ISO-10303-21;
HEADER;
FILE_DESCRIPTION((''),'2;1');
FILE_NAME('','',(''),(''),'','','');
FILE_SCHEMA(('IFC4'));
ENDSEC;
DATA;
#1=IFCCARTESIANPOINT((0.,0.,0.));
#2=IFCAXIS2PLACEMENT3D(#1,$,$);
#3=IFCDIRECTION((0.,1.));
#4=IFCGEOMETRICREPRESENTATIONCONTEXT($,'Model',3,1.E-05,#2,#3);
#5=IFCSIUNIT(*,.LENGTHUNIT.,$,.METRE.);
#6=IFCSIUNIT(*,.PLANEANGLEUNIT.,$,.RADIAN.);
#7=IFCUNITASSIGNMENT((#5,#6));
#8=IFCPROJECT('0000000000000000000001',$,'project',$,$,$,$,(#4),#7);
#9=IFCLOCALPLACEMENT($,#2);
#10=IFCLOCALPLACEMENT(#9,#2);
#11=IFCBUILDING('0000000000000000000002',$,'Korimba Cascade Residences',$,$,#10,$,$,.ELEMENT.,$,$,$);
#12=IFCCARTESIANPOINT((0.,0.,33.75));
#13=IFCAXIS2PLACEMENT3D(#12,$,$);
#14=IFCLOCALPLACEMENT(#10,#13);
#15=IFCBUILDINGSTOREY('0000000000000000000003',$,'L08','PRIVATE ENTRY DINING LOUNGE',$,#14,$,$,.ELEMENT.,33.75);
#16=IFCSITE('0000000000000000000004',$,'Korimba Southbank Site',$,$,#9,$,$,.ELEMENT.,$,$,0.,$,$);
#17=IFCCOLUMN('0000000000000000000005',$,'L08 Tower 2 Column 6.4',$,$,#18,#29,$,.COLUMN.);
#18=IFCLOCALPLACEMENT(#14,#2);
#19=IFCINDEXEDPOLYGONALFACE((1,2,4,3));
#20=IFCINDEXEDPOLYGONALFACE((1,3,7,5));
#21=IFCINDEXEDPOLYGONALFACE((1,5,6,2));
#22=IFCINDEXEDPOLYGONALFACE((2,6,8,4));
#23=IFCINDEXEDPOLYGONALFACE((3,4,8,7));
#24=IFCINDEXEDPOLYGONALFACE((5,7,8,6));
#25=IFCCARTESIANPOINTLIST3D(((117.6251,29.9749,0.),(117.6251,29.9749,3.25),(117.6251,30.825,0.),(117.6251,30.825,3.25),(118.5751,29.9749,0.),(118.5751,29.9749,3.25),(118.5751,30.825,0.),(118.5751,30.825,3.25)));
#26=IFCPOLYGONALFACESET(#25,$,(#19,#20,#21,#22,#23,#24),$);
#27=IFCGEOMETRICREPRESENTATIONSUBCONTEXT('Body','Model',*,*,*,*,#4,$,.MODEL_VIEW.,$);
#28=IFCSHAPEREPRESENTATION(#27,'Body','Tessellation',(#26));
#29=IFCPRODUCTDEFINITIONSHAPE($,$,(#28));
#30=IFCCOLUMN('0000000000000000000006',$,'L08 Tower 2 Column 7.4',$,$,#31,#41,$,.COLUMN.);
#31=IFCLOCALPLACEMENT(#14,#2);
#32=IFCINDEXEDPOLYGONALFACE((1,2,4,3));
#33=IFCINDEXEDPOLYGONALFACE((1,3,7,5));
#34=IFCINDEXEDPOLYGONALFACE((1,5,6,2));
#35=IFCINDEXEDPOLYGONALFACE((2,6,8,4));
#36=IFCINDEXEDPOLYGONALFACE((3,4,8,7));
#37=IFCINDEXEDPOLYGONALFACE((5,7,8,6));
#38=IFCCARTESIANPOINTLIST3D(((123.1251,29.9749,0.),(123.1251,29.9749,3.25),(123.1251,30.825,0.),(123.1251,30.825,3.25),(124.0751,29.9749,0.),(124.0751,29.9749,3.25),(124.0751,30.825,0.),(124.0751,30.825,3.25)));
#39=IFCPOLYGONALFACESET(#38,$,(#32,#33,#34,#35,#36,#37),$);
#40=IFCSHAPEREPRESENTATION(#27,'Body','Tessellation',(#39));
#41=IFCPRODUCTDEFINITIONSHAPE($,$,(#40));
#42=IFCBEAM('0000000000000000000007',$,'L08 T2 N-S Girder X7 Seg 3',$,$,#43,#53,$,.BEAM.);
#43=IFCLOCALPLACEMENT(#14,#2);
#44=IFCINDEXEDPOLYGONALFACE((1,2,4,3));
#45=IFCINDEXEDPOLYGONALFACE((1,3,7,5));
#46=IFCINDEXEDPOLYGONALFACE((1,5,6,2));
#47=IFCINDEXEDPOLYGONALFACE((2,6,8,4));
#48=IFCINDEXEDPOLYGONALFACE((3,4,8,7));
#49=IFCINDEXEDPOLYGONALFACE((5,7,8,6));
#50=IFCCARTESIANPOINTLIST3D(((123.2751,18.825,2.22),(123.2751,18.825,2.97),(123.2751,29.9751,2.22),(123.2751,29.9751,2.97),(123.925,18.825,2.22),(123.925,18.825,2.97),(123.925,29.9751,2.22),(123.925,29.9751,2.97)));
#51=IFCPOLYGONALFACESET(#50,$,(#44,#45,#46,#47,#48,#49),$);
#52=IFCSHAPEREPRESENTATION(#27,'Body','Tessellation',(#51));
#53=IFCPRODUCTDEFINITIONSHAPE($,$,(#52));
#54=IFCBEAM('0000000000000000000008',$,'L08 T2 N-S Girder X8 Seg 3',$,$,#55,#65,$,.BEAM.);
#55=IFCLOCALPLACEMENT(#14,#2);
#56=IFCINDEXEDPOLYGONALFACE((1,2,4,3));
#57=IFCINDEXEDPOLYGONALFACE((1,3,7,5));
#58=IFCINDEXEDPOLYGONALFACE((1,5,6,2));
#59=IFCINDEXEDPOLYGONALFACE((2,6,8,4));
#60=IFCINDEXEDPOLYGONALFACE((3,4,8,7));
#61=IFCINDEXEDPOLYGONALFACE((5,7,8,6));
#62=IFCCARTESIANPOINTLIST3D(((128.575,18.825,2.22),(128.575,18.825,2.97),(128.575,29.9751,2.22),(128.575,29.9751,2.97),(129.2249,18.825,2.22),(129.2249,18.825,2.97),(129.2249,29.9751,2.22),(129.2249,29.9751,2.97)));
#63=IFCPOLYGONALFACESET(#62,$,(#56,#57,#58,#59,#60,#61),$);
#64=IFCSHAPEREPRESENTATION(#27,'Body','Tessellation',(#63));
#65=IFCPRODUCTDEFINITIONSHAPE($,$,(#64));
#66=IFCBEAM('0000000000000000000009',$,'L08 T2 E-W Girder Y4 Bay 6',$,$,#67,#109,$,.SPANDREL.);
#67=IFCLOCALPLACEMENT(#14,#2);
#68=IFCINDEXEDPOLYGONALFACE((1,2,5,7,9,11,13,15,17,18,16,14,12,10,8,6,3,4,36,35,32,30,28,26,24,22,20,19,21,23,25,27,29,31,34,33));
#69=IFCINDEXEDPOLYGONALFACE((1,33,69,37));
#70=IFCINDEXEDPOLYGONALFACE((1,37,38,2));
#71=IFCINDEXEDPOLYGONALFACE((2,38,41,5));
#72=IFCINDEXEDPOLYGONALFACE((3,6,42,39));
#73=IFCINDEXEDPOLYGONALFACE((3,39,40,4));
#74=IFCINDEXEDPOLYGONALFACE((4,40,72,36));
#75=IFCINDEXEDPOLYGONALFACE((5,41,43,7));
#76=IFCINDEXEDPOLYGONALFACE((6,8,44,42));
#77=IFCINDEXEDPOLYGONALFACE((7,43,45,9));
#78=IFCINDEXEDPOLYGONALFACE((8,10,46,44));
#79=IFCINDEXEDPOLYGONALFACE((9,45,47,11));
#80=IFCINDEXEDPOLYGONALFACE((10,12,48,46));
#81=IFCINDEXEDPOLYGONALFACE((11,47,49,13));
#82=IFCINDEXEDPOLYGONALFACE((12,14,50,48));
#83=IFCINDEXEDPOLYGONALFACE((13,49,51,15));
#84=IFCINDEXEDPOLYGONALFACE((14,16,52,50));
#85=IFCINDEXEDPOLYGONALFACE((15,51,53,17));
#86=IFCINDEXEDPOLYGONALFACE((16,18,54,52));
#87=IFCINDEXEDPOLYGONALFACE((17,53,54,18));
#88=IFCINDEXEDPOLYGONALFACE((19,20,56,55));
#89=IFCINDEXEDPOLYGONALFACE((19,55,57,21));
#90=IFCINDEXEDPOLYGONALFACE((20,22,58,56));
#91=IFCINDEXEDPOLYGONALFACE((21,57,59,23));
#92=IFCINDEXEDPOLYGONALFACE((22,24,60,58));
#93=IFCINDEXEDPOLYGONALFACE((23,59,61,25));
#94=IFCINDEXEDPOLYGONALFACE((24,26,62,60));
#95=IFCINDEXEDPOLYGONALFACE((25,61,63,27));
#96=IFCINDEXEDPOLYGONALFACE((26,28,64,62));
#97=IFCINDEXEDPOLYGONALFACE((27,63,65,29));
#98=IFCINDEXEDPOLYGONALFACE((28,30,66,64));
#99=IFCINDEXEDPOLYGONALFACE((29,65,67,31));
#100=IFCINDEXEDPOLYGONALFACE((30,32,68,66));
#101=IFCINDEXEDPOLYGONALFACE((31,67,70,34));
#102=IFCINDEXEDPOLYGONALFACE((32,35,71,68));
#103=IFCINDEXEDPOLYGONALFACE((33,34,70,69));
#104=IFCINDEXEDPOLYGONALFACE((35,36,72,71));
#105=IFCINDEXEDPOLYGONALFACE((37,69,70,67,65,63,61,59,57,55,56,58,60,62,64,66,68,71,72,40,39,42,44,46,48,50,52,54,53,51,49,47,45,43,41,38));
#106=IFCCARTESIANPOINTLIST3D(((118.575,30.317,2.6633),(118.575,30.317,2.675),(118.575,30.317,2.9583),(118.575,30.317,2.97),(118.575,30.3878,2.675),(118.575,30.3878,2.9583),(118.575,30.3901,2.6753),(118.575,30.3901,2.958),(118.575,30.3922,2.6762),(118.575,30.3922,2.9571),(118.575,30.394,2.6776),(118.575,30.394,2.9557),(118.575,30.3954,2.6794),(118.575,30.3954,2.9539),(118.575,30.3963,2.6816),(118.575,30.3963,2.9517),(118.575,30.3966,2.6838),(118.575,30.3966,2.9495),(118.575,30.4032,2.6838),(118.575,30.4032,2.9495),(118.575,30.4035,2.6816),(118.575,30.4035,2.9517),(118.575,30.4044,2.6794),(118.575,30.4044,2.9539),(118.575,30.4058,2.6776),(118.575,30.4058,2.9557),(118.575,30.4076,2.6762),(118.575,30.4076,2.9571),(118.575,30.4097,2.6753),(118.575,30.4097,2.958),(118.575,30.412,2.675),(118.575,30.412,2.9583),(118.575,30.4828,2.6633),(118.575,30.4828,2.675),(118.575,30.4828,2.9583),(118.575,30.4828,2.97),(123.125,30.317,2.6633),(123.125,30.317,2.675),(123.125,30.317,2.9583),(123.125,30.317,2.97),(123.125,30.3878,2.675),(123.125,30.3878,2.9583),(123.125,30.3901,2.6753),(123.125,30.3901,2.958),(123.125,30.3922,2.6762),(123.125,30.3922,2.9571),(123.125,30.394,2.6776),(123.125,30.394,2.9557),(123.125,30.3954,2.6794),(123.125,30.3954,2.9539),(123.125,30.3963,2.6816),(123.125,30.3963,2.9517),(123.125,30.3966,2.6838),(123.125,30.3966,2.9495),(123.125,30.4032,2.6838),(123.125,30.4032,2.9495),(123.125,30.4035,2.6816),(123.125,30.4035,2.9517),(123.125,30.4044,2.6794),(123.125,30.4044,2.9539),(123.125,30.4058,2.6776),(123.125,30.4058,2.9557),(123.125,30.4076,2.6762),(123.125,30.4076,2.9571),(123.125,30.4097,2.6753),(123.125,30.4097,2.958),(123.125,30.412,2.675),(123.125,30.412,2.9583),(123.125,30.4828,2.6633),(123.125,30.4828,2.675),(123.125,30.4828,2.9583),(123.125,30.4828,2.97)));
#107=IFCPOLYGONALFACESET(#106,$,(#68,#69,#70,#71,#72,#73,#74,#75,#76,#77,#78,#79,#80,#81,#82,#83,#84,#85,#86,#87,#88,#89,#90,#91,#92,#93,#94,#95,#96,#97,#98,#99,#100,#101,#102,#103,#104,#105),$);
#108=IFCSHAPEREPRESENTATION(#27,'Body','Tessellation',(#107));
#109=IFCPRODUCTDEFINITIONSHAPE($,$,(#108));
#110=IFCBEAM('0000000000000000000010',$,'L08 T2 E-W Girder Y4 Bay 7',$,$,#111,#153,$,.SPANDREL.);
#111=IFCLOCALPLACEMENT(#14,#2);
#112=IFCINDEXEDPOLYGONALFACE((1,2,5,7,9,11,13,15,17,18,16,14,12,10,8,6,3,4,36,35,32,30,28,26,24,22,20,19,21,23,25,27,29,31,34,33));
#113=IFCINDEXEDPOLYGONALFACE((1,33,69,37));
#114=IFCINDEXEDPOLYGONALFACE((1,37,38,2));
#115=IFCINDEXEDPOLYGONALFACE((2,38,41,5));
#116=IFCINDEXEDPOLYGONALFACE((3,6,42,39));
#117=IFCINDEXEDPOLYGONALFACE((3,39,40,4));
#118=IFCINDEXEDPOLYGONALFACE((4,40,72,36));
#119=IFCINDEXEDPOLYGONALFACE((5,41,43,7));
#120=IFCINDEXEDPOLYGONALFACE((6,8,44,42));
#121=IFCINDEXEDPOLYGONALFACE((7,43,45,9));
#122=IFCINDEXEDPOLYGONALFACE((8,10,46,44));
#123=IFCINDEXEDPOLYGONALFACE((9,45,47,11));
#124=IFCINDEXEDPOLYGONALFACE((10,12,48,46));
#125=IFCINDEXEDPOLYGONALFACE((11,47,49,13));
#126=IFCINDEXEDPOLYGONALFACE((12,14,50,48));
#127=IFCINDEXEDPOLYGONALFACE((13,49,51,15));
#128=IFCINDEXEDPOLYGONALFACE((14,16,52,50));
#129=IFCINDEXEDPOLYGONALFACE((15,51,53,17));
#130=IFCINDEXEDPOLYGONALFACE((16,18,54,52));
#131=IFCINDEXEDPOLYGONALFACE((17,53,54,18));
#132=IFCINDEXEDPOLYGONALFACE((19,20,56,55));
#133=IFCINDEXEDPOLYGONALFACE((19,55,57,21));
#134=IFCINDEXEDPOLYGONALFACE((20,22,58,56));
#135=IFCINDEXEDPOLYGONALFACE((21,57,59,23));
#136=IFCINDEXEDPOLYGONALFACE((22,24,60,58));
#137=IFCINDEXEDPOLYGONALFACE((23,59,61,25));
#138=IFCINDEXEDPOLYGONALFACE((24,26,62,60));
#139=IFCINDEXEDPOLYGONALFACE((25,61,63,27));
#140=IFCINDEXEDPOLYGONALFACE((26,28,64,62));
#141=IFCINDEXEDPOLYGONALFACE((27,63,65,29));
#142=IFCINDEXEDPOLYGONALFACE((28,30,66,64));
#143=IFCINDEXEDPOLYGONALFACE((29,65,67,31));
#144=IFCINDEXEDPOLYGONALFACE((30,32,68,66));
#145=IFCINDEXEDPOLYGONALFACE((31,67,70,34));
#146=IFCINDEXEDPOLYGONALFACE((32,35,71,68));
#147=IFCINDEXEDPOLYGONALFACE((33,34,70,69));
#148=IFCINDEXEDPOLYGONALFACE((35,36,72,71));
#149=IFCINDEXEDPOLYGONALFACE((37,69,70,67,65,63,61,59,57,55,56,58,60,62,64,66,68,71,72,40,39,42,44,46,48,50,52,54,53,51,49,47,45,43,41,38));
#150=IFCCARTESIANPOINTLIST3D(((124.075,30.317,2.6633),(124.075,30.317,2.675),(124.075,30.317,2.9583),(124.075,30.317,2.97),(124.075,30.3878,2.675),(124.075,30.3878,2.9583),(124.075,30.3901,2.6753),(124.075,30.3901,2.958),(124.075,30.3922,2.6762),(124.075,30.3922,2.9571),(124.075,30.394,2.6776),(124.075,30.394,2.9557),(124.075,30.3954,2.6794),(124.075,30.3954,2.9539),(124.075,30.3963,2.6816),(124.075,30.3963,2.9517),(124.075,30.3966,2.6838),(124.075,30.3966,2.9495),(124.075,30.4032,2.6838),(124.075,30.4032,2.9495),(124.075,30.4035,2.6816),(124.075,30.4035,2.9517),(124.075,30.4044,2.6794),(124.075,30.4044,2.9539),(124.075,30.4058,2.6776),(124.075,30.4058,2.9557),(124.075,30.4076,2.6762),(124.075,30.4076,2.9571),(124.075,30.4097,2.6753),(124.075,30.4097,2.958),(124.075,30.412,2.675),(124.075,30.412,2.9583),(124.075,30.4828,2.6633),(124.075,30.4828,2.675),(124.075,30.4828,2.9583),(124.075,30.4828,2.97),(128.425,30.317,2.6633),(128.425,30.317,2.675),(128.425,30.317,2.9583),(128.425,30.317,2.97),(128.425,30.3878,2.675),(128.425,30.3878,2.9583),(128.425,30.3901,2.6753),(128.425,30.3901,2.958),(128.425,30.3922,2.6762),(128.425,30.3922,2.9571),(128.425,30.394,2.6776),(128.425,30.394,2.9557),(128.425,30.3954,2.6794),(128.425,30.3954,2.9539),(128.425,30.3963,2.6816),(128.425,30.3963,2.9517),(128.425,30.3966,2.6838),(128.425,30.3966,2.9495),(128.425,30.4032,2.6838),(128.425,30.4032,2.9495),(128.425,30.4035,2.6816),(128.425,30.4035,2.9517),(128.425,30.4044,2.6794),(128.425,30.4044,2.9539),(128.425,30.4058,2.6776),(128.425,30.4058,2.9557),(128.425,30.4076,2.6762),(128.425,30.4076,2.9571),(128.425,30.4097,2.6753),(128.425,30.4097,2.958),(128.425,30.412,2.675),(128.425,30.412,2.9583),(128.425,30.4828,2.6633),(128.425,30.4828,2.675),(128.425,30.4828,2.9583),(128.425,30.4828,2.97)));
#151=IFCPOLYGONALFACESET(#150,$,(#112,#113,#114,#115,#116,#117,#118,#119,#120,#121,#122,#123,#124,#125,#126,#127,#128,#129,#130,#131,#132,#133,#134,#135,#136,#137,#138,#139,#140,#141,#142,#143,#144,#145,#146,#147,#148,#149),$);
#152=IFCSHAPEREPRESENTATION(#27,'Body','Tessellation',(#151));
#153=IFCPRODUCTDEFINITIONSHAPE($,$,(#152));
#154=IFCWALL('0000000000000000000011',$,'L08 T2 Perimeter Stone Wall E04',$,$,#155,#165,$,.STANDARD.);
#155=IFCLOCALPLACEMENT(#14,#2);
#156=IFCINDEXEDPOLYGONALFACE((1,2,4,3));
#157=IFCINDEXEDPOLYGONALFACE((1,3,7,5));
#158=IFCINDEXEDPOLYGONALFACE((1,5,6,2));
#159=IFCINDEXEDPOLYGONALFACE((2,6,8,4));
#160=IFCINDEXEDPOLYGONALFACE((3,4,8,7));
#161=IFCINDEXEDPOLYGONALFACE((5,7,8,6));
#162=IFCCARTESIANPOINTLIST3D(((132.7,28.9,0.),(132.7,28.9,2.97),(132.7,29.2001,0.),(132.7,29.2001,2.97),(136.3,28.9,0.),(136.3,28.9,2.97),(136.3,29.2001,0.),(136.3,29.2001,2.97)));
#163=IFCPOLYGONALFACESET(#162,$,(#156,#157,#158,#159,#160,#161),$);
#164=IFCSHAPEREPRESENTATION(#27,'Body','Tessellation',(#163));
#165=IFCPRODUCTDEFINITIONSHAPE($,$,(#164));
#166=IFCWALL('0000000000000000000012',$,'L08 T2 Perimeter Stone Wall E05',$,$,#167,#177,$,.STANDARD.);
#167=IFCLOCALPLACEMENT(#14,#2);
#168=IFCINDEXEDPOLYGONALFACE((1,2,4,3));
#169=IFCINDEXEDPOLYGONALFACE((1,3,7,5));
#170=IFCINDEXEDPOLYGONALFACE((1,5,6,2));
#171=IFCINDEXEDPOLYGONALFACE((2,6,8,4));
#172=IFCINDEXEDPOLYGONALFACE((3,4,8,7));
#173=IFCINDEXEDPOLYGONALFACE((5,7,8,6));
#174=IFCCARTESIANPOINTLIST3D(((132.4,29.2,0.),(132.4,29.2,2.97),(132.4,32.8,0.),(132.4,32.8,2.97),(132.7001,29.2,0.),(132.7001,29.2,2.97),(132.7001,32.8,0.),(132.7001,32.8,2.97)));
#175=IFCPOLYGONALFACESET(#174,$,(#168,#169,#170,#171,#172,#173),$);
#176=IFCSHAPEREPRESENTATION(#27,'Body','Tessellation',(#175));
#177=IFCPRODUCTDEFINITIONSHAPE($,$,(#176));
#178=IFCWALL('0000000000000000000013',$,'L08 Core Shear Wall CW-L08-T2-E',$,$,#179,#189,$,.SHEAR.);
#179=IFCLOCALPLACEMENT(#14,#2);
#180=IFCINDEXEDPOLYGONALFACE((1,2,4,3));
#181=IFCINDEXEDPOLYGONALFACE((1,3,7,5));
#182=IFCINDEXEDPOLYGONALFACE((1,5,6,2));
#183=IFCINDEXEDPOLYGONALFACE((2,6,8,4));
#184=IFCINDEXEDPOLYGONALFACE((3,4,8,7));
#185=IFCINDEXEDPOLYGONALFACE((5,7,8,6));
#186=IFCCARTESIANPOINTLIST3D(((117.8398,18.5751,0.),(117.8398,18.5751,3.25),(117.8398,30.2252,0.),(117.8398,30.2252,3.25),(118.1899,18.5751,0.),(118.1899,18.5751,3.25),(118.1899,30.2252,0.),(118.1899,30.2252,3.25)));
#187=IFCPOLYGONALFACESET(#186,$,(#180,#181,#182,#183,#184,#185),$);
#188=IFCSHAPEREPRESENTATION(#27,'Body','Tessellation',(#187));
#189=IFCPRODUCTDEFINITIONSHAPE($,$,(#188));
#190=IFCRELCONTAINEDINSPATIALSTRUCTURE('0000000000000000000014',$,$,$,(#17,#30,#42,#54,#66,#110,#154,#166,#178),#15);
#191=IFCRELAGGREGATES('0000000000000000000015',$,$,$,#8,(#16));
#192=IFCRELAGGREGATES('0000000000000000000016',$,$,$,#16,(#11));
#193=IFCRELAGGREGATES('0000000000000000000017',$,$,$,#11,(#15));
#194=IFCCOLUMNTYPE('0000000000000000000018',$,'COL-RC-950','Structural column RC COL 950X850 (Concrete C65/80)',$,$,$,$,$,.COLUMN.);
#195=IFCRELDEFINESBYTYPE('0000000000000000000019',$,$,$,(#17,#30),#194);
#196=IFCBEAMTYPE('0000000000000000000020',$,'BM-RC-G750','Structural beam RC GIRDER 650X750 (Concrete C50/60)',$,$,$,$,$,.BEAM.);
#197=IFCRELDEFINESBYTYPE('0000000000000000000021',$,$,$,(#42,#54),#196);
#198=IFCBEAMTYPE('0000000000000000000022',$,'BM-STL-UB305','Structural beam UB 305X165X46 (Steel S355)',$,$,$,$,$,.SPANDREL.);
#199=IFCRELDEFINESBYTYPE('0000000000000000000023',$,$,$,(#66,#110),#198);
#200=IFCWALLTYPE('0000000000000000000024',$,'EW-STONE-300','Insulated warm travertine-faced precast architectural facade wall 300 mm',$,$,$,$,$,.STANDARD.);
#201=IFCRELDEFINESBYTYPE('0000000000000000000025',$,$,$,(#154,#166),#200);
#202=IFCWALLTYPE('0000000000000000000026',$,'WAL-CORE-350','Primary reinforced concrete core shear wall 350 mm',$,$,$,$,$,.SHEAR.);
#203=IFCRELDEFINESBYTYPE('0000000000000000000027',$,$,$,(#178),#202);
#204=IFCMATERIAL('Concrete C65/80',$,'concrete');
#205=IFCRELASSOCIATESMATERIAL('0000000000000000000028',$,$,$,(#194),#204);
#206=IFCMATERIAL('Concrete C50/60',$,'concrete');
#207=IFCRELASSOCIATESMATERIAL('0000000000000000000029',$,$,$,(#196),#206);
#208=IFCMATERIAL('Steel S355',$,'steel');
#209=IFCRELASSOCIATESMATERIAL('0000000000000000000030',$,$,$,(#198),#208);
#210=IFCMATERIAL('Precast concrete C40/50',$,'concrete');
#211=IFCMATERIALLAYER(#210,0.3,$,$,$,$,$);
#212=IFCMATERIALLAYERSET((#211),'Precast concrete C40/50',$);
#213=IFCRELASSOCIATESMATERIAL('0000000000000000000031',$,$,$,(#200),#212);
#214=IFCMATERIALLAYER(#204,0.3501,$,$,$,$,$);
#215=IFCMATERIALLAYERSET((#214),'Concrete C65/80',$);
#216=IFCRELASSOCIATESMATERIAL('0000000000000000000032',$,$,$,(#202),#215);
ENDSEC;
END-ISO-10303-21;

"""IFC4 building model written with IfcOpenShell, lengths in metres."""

from ifc_helpers import new_model, si_unit, direction, frame, frame_2d, origin, origin_2d, place, context, subcontext, project, spatial, rectangle, i_section, extrude, material, layer, layer_set, material_profile, profile_set, type_object, element, save


model = new_model("IFC4")

# Units and contexts
model_context = context("Model", 3, precision=1e-05, world=origin(), true_north=direction((0.0, 1.0)))
body_context = subcontext(model_context, "Body", "Model", "MODEL_VIEW")
ifc_project = project(units=[si_unit("LENGTHUNIT", "METRE"), si_unit("PLANEANGLEUNIT", "RADIAN")], contexts=[model_context])

# Site, building, storey
site_placement = place(None, origin())
site = spatial("IfcSite", under=ifc_project, at=site_placement, Name="Korimba Southbank Site", CompositionType="ELEMENT", RefElevation=0.0)
building_placement = place(site_placement, origin())
building = spatial("IfcBuilding", under=site, at=building_placement, Name="Korimba Cascade Residences", CompositionType="ELEMENT")
storey_placement = place(building_placement, frame((0.0, 0.0, 33.75)))
storey = spatial("IfcBuildingStorey", under=building, at=storey_placement, Name="L08", Description="PRIVATE ENTRY DINING LOUNGE", CompositionType="ELEMENT", Elevation=33.75)

# Columns
ifc_material_1 = material(Name="Concrete C65/80", Category="concrete")
ifc_material_profile_1 = material_profile(ifc_material_1, rectangle(XDim=0.95, YDim=0.8501, at=origin_2d()), Name="Concrete C65/80")
ifc_profile_set_1 = profile_set([ifc_material_profile_1], Name="Concrete C65/80")
column_type = type_object("IfcColumnType", Name="COL-RC-950", Description="Structural column RC COL 950X850 (Concrete C65/80)", PredefinedType="COLUMN", material=ifc_profile_set_1)
for number, where, z_axis, x_axis, name in (
    (1, (118.1001, 30.3999, 0.0), (0.0, 0.0, 1.0), (1.0, 0.0, 0.0), "L08 Tower 2 Column 6.4"),
    (2, (123.6001, 30.3999, 0.0), (0.0, 0.0, 1.0), (1.0, 0.0, 0.0), "L08 Tower 2 Column 7.4"),
):
    element("IfcColumn", number, at=place(storey_placement, frame(where, z_axis=z_axis, x_axis=x_axis)), inside=storey, type_object=column_type, Name=name, PredefinedType="COLUMN", context=body_context, shape_type="SweptSolid", body=[
        extrude(rectangle(XDim=0.95, YDim=0.8501, at=origin_2d()), origin(), (0.0, 0.0, 1.0), 3.25),
    ])

# Beams
ifc_material_2 = material(Name="Concrete C50/60", Category="concrete")
ifc_material_profile_2 = material_profile(ifc_material_2, rectangle(XDim=0.6499, YDim=0.75, at=origin_2d()), Name="Concrete C50/60")
ifc_profile_set_2 = profile_set([ifc_material_profile_2], Name="Concrete C50/60")
beam_type_1 = type_object("IfcBeamType", Name="BM-RC-G750", Description="Structural beam RC GIRDER 650X750 (Concrete C50/60)", PredefinedType="BEAM", material=ifc_profile_set_2)
for number, where, z_axis, x_axis, name in (
    (3, (123.6001, 18.825, 2.595), (0.0, 1.0, 0.0), (-1.0, 0.0, 0.0), "L08 T2 N-S Girder X7 Seg 3"),
    (4, (128.8999, 18.825, 2.595), (0.0, 1.0, 0.0), (-1.0, 0.0, 0.0), "L08 T2 N-S Girder X8 Seg 3"),
):
    element("IfcBeam", number, at=place(storey_placement, frame(where, z_axis=z_axis, x_axis=x_axis)), inside=storey, type_object=beam_type_1, Name=name, PredefinedType="BEAM", context=body_context, shape_type="SweptSolid", body=[
        extrude(rectangle(XDim=0.6499, YDim=0.75, at=origin_2d()), origin(), (0.0, 0.0, 1.0), 11.1501),
    ])
ifc_material_3 = material(Name="Steel S355", Category="steel")
ifc_material_profile_3 = material_profile(ifc_material_3, i_section(OverallWidth=0.1658, OverallDepth=0.3066, WebThickness=0.0066, FlangeThickness=0.0117, FilletRadius=0.0088, at=origin_2d()), Name="Steel S355")
ifc_profile_set_3 = profile_set([ifc_material_profile_3], Name="Steel S355")
beam_type_2 = type_object("IfcBeamType", Name="BM-STL-UB305", Description="Structural beam UB 305X165X46 (Steel S355)", PredefinedType="SPANDREL", material=ifc_profile_set_3)
beam_1_placement = place(storey_placement, frame((118.575, 30.3999, 2.8167), z_axis=(1.0, 0.0, 0.0), x_axis=(0.0, 1.0, 0.0)))
element("IfcBeam", 5, at=beam_1_placement, inside=storey, type_object=beam_type_2, Name="L08 T2 E-W Girder Y4 Bay 6", PredefinedType="SPANDREL", context=body_context, shape_type="SweptSolid", body=[
    extrude(i_section(OverallWidth=0.1658, OverallDepth=0.3066, WebThickness=0.0066, FlangeThickness=0.0117, FilletRadius=0.0088, at=origin_2d()), origin(), (0.0, 0.0, 1.0), 4.55),
])
beam_2_placement = place(storey_placement, frame((124.075, 30.3999, 2.8167), z_axis=(1.0, 0.0, 0.0), x_axis=(0.0, 1.0, 0.0)))
element("IfcBeam", 6, at=beam_2_placement, inside=storey, type_object=beam_type_2, Name="L08 T2 E-W Girder Y4 Bay 7", PredefinedType="SPANDREL", context=body_context, shape_type="SweptSolid", body=[
    extrude(i_section(OverallWidth=0.1658, OverallDepth=0.3066, WebThickness=0.0066, FlangeThickness=0.0117, FilletRadius=0.0088, at=origin_2d()), origin(), (0.0, 0.0, 1.0), 4.3501),
])

# Walls
ifc_material_4 = material(Name="Precast concrete C40/50", Category="concrete")
ifc_layer_1 = layer(ifc_material_4, 0.3)
ifc_layer_set_1 = layer_set([ifc_layer_1], Name="Precast concrete C40/50")
wall_type_1 = type_object("IfcWallType", Name="EW-STONE-300", Description="Insulated warm travertine-faced precast architectural facade wall 300 mm", PredefinedType="STANDARD", material=ifc_layer_set_1)
for number, where, z_axis, x_axis, name in (
    (7, (136.3, 29.05, 0.0), (0.0, 0.0, 1.0), (-1.0, 0.0, 0.0), "L08 T2 Perimeter Stone Wall E04"),
    (8, (132.55, 29.2, 0.0), (0.0, 0.0, 1.0), (0.0, 1.0, 0.0), "L08 T2 Perimeter Stone Wall E05"),
):
    element("IfcWall", number, at=place(storey_placement, frame(where, z_axis=z_axis, x_axis=x_axis)), inside=storey, type_object=wall_type_1, Name=name, PredefinedType="STANDARD", context=body_context, shape_type="SweptSolid", body=[
        extrude(rectangle(XDim=3.6001, YDim=0.3, at=frame_2d((1.8, 0.0))), origin(), (0.0, 0.0, 1.0), 2.97),
    ])
ifc_layer_2 = layer(ifc_material_1, 0.3501)
ifc_layer_set_2 = layer_set([ifc_layer_2], Name="Concrete C65/80")
wall_type_2 = type_object("IfcWallType", Name="WAL-CORE-350", Description="Primary reinforced concrete core shear wall 350 mm", PredefinedType="SHEAR", material=ifc_layer_set_2)
wall_1_placement = place(storey_placement, frame((118.0149, 18.575, 0.0), z_axis=(0.0, 0.0, 1.0), x_axis=(0.0, 1.0, 0.0)))
element("IfcWall", 9, at=wall_1_placement, inside=storey, type_object=wall_type_2, Name="L08 Core Shear Wall CW-L08-T2-E", PredefinedType="SHEAR", context=body_context, shape_type="SweptSolid", body=[
    extrude(rectangle(XDim=11.6501, YDim=0.3501, at=frame_2d((5.8252, 0.0))), origin(), (0.0, 0.0, 1.0), 3.25),
])

save(model, "model.ifc")
